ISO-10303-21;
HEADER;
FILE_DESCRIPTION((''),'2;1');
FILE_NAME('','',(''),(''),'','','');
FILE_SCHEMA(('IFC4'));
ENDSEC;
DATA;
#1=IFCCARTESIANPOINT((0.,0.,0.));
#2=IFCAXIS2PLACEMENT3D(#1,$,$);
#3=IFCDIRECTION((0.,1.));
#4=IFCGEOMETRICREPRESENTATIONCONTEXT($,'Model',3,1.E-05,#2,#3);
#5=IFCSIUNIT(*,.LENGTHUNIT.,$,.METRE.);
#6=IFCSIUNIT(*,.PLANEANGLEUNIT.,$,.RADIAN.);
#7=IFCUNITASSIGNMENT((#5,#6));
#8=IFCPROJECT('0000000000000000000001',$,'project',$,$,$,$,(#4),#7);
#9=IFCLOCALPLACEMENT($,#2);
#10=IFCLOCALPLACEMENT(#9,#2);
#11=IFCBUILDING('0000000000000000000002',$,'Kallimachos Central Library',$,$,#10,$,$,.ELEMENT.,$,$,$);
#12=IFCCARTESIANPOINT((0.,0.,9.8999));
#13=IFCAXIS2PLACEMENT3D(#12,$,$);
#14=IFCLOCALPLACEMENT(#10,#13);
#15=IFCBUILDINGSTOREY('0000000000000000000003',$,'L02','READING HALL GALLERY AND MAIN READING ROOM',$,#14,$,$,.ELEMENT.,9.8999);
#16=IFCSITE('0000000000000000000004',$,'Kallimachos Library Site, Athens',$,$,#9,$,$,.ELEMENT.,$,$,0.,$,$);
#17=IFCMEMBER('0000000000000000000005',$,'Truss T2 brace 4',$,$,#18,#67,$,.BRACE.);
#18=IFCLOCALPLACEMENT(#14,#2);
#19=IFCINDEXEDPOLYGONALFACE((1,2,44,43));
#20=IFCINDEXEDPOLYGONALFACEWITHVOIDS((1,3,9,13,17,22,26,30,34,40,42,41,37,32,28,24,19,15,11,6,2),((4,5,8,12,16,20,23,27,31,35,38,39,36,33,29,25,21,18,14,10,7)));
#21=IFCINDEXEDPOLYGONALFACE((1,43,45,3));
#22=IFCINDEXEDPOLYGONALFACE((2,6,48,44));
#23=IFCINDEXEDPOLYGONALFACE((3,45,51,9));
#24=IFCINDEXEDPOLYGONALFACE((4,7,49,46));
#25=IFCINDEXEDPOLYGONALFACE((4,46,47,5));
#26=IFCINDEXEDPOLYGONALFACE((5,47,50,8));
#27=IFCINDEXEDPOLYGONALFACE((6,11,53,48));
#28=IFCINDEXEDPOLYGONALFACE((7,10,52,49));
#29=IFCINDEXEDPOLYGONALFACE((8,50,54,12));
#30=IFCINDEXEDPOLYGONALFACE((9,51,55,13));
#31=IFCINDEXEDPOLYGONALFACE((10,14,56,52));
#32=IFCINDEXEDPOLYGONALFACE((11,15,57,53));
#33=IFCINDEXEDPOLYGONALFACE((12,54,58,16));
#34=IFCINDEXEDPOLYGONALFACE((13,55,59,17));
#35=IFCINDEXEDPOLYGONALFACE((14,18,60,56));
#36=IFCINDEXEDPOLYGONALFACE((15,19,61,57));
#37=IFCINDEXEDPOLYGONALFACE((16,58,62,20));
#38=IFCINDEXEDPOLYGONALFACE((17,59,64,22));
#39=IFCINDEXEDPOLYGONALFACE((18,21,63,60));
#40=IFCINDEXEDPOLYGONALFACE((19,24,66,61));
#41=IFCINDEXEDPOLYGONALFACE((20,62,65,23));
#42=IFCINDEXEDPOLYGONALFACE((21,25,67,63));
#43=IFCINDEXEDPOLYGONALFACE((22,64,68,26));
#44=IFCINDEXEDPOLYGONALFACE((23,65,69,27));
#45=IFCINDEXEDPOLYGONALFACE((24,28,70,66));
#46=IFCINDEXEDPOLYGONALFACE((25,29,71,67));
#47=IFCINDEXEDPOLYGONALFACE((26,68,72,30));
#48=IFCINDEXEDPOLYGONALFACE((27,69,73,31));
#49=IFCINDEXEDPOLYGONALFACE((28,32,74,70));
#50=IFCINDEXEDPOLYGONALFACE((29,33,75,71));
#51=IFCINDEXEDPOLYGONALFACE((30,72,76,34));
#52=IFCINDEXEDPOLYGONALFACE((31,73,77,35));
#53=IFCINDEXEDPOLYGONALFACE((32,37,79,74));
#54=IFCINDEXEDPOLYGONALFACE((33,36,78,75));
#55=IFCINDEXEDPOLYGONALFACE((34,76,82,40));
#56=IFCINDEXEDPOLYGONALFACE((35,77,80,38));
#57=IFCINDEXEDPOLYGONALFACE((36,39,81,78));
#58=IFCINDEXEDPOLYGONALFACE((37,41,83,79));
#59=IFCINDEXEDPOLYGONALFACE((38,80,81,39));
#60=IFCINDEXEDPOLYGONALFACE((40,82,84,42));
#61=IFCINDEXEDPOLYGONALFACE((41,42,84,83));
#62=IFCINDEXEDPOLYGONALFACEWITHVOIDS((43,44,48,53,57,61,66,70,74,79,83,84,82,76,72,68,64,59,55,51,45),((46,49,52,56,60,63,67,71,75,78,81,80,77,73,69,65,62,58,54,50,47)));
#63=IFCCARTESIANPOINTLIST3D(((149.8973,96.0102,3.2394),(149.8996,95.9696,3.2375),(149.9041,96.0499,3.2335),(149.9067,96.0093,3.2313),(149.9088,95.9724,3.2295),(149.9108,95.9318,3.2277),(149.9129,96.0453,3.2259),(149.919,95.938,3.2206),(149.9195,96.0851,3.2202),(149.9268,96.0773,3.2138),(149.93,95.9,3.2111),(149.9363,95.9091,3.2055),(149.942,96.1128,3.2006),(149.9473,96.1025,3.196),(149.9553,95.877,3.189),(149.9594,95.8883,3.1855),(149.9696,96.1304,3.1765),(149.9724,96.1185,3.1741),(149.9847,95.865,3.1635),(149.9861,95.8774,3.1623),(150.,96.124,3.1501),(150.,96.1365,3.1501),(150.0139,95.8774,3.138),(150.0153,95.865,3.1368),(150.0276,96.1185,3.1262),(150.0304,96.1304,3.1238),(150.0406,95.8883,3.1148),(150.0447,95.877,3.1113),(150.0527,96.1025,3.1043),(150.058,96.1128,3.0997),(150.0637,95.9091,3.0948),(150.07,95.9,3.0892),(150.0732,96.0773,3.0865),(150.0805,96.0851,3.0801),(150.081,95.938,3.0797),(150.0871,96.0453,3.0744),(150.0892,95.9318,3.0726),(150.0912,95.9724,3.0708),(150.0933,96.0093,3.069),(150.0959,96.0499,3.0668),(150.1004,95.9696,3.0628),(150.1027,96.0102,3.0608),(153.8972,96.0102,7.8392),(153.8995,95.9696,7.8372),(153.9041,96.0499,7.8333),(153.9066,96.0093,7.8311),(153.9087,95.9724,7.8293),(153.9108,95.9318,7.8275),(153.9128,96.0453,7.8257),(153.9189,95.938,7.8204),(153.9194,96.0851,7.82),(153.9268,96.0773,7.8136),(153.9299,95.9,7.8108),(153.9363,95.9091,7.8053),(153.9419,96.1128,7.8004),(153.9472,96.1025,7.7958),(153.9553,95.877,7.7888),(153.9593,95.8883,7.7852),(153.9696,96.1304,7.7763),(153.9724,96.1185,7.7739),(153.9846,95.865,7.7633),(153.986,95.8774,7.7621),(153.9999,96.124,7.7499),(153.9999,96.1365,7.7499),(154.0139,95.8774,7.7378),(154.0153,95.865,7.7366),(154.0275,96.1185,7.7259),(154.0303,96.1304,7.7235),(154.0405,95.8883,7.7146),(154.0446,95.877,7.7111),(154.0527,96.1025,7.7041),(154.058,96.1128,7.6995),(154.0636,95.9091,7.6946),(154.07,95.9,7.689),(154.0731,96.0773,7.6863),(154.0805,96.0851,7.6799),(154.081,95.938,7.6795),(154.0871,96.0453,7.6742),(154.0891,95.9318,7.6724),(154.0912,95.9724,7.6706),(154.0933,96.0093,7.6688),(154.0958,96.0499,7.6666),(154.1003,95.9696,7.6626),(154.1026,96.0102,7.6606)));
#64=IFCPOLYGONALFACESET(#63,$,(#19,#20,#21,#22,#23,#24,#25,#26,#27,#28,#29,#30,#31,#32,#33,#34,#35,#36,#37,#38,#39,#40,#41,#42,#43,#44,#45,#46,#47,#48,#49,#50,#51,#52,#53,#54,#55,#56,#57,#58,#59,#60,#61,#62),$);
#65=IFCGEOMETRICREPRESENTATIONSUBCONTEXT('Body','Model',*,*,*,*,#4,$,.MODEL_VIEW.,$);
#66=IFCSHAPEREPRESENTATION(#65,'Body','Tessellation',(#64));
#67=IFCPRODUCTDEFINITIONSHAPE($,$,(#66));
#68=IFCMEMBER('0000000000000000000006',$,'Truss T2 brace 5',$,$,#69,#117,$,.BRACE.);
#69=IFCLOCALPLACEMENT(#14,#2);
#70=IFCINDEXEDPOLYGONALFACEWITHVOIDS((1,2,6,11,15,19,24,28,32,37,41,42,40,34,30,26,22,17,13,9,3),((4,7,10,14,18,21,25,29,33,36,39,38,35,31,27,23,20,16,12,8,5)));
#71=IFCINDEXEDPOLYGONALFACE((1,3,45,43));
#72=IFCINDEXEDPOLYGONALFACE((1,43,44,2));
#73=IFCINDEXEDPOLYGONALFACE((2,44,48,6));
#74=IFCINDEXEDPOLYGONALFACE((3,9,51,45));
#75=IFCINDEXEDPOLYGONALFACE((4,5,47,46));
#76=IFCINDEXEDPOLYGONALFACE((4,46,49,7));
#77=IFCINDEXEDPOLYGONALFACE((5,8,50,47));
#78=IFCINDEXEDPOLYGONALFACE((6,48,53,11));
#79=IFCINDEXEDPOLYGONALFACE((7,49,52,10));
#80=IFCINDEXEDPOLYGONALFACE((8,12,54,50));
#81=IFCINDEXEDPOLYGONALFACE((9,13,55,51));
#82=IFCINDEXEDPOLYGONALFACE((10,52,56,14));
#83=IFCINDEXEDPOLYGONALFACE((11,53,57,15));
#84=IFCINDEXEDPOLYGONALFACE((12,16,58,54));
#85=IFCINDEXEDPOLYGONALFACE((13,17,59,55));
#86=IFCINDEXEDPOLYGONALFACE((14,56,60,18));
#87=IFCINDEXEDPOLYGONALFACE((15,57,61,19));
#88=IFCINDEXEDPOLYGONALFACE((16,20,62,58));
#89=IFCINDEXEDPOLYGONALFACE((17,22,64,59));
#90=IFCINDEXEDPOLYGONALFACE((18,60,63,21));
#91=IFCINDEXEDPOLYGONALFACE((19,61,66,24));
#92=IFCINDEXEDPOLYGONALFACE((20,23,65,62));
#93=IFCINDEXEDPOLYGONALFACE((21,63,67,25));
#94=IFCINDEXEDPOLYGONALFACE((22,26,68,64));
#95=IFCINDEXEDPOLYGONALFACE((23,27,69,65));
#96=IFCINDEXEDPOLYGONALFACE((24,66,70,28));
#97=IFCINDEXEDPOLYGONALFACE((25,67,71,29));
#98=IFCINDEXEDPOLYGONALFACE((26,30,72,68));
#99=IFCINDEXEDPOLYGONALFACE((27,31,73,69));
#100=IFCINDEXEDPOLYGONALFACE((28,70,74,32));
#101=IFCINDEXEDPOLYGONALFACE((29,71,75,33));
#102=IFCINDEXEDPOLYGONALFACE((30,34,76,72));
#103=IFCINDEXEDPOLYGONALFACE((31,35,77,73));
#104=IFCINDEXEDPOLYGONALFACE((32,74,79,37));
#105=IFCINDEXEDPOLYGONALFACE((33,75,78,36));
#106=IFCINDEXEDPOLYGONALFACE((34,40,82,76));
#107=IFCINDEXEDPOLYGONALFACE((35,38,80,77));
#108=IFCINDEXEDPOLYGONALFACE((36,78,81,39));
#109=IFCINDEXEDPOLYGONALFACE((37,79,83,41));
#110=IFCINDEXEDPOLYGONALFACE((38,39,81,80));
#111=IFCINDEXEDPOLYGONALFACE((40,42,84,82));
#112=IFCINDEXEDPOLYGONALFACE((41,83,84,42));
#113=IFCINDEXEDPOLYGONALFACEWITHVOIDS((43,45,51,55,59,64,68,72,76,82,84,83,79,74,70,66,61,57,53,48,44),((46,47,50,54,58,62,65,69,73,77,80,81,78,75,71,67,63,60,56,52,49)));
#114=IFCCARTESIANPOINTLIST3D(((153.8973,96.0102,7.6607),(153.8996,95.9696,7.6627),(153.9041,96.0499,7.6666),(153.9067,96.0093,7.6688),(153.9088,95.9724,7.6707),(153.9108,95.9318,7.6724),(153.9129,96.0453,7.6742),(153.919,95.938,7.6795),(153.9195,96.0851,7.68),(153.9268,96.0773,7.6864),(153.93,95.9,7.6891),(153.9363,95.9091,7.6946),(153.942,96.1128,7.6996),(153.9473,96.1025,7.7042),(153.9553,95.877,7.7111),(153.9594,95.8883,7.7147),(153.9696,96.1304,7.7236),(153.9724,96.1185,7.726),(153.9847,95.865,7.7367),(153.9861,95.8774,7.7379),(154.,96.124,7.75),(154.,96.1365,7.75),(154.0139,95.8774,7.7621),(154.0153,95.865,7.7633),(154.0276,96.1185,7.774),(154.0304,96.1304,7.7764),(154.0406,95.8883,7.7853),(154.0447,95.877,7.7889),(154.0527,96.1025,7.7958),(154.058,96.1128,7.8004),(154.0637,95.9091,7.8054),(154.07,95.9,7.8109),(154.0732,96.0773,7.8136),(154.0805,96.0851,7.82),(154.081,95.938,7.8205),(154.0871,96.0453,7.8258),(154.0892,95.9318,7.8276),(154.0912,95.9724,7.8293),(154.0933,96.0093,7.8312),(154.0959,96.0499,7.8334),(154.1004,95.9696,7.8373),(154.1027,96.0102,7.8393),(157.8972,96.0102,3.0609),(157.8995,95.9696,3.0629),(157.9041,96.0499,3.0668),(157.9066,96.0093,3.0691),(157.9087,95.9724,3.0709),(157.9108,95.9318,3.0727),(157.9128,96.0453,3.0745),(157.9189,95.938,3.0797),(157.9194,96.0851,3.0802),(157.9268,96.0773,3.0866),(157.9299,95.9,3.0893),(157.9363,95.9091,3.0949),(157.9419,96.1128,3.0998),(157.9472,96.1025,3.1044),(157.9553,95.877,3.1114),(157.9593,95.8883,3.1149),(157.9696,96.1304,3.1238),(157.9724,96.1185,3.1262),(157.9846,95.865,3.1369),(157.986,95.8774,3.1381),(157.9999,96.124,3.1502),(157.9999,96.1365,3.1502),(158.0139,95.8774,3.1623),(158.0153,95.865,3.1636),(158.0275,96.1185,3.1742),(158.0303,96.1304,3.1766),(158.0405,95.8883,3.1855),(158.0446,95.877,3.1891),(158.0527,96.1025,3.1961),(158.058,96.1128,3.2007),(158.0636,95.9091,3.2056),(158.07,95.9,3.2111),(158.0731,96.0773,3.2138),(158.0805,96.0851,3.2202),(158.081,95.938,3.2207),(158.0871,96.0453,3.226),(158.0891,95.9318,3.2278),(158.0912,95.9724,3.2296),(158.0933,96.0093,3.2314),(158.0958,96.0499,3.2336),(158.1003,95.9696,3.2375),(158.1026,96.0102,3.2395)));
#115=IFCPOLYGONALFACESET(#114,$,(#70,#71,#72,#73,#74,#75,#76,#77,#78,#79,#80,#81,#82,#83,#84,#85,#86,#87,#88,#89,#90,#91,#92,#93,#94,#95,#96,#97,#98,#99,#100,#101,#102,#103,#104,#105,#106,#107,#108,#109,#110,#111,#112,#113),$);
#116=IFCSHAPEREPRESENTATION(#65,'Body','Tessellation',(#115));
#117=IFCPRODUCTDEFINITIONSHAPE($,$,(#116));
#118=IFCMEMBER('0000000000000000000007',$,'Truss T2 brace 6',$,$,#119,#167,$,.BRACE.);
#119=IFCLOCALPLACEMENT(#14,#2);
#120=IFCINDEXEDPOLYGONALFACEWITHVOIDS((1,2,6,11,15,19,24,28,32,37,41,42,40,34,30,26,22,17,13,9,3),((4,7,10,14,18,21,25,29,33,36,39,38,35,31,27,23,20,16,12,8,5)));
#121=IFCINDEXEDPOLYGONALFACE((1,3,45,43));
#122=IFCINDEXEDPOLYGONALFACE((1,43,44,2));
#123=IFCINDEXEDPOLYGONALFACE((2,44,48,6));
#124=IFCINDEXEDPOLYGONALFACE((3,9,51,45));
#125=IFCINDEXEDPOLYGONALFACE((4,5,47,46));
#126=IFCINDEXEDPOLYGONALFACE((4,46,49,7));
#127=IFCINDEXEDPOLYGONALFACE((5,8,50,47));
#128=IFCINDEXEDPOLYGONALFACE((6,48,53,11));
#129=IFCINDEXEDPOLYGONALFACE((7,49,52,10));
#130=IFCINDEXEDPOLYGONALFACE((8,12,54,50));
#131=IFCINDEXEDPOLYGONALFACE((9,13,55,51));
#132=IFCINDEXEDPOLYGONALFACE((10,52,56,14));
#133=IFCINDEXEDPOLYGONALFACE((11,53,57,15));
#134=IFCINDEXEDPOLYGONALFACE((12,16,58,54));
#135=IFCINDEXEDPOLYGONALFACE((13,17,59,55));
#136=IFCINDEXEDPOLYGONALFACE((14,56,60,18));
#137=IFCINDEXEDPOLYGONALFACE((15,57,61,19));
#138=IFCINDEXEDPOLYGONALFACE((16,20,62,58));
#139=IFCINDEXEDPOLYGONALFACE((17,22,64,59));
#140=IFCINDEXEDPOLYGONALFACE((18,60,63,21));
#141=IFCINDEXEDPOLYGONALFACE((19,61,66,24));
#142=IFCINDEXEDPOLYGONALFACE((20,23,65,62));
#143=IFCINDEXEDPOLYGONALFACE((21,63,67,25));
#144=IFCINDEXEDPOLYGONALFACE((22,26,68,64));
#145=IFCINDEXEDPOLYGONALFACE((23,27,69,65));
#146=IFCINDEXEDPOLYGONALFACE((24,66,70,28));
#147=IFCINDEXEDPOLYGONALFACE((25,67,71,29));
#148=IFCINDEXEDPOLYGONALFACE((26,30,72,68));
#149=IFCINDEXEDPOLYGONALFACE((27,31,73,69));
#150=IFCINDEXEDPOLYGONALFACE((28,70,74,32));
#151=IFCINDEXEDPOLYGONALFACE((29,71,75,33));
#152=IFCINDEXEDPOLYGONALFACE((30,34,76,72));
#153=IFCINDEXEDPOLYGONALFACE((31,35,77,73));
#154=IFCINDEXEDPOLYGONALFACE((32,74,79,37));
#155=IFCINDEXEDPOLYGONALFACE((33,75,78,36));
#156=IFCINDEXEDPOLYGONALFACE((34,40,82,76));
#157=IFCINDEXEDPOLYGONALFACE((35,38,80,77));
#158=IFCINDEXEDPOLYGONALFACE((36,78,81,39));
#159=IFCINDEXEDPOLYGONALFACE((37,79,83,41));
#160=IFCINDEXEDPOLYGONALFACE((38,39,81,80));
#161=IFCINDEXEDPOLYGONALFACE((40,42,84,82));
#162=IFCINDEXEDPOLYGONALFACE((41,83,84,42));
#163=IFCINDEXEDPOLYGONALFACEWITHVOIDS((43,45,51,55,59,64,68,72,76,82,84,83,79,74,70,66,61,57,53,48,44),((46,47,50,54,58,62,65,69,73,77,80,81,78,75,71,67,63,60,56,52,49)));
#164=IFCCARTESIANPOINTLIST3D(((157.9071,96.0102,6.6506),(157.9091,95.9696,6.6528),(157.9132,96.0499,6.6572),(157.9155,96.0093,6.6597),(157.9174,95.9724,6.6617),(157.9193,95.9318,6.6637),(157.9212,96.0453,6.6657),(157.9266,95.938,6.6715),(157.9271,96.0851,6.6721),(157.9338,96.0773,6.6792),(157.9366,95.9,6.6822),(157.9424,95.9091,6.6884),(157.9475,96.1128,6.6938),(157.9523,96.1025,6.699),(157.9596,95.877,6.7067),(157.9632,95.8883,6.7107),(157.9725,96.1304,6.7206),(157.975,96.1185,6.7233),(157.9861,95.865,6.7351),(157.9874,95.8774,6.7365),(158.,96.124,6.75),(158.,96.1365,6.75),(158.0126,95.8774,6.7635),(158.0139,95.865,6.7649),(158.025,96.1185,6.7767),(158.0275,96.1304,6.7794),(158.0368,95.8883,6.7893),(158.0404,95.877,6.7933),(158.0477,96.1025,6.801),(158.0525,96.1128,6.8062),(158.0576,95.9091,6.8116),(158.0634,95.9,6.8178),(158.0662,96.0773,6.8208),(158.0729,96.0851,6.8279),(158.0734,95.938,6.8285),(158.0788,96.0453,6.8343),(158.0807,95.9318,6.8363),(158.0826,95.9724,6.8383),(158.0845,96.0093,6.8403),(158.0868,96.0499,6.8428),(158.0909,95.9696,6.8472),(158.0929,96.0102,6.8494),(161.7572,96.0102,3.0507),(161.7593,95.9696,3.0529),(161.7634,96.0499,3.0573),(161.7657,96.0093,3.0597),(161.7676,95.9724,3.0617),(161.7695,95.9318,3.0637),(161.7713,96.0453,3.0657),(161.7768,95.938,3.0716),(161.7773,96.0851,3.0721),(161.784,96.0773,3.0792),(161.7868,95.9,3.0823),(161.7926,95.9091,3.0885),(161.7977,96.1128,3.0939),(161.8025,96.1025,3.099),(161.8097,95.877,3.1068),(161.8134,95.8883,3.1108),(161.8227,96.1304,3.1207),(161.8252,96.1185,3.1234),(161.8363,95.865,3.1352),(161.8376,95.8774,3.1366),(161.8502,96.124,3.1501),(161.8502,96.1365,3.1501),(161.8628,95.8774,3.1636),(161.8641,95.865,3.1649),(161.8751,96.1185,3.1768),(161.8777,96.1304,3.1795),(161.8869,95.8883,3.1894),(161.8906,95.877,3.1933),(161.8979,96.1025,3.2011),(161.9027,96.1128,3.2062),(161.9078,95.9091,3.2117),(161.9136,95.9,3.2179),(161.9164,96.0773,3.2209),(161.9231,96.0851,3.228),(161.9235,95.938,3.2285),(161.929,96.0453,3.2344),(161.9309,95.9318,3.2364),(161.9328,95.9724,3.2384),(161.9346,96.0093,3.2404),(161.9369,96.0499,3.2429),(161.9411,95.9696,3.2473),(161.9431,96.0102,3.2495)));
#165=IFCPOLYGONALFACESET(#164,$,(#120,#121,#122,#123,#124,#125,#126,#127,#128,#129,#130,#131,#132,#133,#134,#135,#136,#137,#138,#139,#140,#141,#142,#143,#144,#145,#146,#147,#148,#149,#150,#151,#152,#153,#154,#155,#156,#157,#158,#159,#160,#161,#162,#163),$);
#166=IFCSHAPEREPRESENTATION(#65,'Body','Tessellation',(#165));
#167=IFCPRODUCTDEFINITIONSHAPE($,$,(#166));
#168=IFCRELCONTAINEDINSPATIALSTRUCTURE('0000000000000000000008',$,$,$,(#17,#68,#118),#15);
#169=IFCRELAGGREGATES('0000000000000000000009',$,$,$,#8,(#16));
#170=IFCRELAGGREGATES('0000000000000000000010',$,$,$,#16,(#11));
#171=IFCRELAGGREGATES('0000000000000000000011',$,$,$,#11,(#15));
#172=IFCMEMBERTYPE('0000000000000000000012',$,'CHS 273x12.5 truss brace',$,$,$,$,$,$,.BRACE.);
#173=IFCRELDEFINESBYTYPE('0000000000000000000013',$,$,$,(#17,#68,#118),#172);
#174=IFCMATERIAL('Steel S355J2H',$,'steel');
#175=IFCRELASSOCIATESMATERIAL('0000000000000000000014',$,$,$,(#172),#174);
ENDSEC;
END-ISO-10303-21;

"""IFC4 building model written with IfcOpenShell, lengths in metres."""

from ifc_helpers import new_model, si_unit, direction, frame, origin, origin_2d, place, context, subcontext, project, spatial, hollow_circle, extrude, material, material_profile, profile_set, type_object, element, save


model = new_model("IFC4")

# Units and contexts
model_context = context("Model", 3, precision=1e-05, world=origin(), true_north=direction((0.0, 1.0)))
body_context = subcontext(model_context, "Body", "Model", "MODEL_VIEW")
ifc_project = project(units=[si_unit("LENGTHUNIT", "METRE"), si_unit("PLANEANGLEUNIT", "RADIAN")], contexts=[model_context])

# Site, building, storey
site_placement = place(None, origin())
site = spatial("IfcSite", under=ifc_project, at=site_placement, Name="Kallimachos Library Site, Athens", CompositionType="ELEMENT", RefElevation=0.0)
building_placement = place(site_placement, origin())
building = spatial("IfcBuilding", under=site, at=building_placement, Name="Kallimachos Central Library", CompositionType="ELEMENT")
storey_placement = place(building_placement, frame((0.0, 0.0, 9.8999)))
storey = spatial("IfcBuildingStorey", under=building, at=storey_placement, Name="L02", Description="READING HALL GALLERY AND MAIN READING ROOM", CompositionType="ELEMENT", Elevation=9.8999)

# Members
ifc_material_1 = material(Name="Steel S355J2H", Category="steel")
ifc_material_profile_1 = material_profile(ifc_material_1, hollow_circle(Radius=0.1365, WallThickness=0.0125, at=origin_2d()), Name="CHS 273x12.5")
ifc_profile_set_1 = profile_set([ifc_material_profile_1], Name="Steel S355J2H")
member_type_1 = type_object("IfcMemberType", Name="CHS 273x12.5 truss brace", PredefinedType="BRACE", material=ifc_profile_set_1)
for number, where, z_axis, x_axis, name in (
    (1, (150.0, 96.0, 3.1501), (0.656191, 0.0, 0.754595), (0.0, 1.0, 0.0), "Truss T2 brace 4"),
    (2, (154.0, 96.0, 7.75), (0.656191, 0.0, -0.754595), (0.0, 1.0, 0.0), "Truss T2 brace 5"),
):
    element("IfcMember", number, at=place(storey_placement, frame(where, z_axis=z_axis, x_axis=x_axis)), inside=storey, type_object=member_type_1, Name=name, PredefinedType="BRACE", context=body_context, shape_type="SweptSolid", body=[
        extrude(hollow_circle(Radius=0.1365, WallThickness=0.0125, at=origin_2d()), origin(), (0.0, 0.0, 1.0), 6.0957),
    ])
member_1_placement = place(storey_placement, frame((158.0, 96.0, 6.75), z_axis=(0.730447, 0.0, -0.68297), x_axis=(0.0, 1.0, 0.0)))
element("IfcMember", 3, at=member_1_placement, inside=storey, type_object=member_type_1, Name="Truss T2 brace 6", PredefinedType="BRACE", context=body_context, shape_type="SweptSolid", body=[
    extrude(hollow_circle(Radius=0.1365, WallThickness=0.0125, at=origin_2d()), origin(), (0.0, 0.0, 1.0), 5.271),
])

save(model, "model.ifc")
